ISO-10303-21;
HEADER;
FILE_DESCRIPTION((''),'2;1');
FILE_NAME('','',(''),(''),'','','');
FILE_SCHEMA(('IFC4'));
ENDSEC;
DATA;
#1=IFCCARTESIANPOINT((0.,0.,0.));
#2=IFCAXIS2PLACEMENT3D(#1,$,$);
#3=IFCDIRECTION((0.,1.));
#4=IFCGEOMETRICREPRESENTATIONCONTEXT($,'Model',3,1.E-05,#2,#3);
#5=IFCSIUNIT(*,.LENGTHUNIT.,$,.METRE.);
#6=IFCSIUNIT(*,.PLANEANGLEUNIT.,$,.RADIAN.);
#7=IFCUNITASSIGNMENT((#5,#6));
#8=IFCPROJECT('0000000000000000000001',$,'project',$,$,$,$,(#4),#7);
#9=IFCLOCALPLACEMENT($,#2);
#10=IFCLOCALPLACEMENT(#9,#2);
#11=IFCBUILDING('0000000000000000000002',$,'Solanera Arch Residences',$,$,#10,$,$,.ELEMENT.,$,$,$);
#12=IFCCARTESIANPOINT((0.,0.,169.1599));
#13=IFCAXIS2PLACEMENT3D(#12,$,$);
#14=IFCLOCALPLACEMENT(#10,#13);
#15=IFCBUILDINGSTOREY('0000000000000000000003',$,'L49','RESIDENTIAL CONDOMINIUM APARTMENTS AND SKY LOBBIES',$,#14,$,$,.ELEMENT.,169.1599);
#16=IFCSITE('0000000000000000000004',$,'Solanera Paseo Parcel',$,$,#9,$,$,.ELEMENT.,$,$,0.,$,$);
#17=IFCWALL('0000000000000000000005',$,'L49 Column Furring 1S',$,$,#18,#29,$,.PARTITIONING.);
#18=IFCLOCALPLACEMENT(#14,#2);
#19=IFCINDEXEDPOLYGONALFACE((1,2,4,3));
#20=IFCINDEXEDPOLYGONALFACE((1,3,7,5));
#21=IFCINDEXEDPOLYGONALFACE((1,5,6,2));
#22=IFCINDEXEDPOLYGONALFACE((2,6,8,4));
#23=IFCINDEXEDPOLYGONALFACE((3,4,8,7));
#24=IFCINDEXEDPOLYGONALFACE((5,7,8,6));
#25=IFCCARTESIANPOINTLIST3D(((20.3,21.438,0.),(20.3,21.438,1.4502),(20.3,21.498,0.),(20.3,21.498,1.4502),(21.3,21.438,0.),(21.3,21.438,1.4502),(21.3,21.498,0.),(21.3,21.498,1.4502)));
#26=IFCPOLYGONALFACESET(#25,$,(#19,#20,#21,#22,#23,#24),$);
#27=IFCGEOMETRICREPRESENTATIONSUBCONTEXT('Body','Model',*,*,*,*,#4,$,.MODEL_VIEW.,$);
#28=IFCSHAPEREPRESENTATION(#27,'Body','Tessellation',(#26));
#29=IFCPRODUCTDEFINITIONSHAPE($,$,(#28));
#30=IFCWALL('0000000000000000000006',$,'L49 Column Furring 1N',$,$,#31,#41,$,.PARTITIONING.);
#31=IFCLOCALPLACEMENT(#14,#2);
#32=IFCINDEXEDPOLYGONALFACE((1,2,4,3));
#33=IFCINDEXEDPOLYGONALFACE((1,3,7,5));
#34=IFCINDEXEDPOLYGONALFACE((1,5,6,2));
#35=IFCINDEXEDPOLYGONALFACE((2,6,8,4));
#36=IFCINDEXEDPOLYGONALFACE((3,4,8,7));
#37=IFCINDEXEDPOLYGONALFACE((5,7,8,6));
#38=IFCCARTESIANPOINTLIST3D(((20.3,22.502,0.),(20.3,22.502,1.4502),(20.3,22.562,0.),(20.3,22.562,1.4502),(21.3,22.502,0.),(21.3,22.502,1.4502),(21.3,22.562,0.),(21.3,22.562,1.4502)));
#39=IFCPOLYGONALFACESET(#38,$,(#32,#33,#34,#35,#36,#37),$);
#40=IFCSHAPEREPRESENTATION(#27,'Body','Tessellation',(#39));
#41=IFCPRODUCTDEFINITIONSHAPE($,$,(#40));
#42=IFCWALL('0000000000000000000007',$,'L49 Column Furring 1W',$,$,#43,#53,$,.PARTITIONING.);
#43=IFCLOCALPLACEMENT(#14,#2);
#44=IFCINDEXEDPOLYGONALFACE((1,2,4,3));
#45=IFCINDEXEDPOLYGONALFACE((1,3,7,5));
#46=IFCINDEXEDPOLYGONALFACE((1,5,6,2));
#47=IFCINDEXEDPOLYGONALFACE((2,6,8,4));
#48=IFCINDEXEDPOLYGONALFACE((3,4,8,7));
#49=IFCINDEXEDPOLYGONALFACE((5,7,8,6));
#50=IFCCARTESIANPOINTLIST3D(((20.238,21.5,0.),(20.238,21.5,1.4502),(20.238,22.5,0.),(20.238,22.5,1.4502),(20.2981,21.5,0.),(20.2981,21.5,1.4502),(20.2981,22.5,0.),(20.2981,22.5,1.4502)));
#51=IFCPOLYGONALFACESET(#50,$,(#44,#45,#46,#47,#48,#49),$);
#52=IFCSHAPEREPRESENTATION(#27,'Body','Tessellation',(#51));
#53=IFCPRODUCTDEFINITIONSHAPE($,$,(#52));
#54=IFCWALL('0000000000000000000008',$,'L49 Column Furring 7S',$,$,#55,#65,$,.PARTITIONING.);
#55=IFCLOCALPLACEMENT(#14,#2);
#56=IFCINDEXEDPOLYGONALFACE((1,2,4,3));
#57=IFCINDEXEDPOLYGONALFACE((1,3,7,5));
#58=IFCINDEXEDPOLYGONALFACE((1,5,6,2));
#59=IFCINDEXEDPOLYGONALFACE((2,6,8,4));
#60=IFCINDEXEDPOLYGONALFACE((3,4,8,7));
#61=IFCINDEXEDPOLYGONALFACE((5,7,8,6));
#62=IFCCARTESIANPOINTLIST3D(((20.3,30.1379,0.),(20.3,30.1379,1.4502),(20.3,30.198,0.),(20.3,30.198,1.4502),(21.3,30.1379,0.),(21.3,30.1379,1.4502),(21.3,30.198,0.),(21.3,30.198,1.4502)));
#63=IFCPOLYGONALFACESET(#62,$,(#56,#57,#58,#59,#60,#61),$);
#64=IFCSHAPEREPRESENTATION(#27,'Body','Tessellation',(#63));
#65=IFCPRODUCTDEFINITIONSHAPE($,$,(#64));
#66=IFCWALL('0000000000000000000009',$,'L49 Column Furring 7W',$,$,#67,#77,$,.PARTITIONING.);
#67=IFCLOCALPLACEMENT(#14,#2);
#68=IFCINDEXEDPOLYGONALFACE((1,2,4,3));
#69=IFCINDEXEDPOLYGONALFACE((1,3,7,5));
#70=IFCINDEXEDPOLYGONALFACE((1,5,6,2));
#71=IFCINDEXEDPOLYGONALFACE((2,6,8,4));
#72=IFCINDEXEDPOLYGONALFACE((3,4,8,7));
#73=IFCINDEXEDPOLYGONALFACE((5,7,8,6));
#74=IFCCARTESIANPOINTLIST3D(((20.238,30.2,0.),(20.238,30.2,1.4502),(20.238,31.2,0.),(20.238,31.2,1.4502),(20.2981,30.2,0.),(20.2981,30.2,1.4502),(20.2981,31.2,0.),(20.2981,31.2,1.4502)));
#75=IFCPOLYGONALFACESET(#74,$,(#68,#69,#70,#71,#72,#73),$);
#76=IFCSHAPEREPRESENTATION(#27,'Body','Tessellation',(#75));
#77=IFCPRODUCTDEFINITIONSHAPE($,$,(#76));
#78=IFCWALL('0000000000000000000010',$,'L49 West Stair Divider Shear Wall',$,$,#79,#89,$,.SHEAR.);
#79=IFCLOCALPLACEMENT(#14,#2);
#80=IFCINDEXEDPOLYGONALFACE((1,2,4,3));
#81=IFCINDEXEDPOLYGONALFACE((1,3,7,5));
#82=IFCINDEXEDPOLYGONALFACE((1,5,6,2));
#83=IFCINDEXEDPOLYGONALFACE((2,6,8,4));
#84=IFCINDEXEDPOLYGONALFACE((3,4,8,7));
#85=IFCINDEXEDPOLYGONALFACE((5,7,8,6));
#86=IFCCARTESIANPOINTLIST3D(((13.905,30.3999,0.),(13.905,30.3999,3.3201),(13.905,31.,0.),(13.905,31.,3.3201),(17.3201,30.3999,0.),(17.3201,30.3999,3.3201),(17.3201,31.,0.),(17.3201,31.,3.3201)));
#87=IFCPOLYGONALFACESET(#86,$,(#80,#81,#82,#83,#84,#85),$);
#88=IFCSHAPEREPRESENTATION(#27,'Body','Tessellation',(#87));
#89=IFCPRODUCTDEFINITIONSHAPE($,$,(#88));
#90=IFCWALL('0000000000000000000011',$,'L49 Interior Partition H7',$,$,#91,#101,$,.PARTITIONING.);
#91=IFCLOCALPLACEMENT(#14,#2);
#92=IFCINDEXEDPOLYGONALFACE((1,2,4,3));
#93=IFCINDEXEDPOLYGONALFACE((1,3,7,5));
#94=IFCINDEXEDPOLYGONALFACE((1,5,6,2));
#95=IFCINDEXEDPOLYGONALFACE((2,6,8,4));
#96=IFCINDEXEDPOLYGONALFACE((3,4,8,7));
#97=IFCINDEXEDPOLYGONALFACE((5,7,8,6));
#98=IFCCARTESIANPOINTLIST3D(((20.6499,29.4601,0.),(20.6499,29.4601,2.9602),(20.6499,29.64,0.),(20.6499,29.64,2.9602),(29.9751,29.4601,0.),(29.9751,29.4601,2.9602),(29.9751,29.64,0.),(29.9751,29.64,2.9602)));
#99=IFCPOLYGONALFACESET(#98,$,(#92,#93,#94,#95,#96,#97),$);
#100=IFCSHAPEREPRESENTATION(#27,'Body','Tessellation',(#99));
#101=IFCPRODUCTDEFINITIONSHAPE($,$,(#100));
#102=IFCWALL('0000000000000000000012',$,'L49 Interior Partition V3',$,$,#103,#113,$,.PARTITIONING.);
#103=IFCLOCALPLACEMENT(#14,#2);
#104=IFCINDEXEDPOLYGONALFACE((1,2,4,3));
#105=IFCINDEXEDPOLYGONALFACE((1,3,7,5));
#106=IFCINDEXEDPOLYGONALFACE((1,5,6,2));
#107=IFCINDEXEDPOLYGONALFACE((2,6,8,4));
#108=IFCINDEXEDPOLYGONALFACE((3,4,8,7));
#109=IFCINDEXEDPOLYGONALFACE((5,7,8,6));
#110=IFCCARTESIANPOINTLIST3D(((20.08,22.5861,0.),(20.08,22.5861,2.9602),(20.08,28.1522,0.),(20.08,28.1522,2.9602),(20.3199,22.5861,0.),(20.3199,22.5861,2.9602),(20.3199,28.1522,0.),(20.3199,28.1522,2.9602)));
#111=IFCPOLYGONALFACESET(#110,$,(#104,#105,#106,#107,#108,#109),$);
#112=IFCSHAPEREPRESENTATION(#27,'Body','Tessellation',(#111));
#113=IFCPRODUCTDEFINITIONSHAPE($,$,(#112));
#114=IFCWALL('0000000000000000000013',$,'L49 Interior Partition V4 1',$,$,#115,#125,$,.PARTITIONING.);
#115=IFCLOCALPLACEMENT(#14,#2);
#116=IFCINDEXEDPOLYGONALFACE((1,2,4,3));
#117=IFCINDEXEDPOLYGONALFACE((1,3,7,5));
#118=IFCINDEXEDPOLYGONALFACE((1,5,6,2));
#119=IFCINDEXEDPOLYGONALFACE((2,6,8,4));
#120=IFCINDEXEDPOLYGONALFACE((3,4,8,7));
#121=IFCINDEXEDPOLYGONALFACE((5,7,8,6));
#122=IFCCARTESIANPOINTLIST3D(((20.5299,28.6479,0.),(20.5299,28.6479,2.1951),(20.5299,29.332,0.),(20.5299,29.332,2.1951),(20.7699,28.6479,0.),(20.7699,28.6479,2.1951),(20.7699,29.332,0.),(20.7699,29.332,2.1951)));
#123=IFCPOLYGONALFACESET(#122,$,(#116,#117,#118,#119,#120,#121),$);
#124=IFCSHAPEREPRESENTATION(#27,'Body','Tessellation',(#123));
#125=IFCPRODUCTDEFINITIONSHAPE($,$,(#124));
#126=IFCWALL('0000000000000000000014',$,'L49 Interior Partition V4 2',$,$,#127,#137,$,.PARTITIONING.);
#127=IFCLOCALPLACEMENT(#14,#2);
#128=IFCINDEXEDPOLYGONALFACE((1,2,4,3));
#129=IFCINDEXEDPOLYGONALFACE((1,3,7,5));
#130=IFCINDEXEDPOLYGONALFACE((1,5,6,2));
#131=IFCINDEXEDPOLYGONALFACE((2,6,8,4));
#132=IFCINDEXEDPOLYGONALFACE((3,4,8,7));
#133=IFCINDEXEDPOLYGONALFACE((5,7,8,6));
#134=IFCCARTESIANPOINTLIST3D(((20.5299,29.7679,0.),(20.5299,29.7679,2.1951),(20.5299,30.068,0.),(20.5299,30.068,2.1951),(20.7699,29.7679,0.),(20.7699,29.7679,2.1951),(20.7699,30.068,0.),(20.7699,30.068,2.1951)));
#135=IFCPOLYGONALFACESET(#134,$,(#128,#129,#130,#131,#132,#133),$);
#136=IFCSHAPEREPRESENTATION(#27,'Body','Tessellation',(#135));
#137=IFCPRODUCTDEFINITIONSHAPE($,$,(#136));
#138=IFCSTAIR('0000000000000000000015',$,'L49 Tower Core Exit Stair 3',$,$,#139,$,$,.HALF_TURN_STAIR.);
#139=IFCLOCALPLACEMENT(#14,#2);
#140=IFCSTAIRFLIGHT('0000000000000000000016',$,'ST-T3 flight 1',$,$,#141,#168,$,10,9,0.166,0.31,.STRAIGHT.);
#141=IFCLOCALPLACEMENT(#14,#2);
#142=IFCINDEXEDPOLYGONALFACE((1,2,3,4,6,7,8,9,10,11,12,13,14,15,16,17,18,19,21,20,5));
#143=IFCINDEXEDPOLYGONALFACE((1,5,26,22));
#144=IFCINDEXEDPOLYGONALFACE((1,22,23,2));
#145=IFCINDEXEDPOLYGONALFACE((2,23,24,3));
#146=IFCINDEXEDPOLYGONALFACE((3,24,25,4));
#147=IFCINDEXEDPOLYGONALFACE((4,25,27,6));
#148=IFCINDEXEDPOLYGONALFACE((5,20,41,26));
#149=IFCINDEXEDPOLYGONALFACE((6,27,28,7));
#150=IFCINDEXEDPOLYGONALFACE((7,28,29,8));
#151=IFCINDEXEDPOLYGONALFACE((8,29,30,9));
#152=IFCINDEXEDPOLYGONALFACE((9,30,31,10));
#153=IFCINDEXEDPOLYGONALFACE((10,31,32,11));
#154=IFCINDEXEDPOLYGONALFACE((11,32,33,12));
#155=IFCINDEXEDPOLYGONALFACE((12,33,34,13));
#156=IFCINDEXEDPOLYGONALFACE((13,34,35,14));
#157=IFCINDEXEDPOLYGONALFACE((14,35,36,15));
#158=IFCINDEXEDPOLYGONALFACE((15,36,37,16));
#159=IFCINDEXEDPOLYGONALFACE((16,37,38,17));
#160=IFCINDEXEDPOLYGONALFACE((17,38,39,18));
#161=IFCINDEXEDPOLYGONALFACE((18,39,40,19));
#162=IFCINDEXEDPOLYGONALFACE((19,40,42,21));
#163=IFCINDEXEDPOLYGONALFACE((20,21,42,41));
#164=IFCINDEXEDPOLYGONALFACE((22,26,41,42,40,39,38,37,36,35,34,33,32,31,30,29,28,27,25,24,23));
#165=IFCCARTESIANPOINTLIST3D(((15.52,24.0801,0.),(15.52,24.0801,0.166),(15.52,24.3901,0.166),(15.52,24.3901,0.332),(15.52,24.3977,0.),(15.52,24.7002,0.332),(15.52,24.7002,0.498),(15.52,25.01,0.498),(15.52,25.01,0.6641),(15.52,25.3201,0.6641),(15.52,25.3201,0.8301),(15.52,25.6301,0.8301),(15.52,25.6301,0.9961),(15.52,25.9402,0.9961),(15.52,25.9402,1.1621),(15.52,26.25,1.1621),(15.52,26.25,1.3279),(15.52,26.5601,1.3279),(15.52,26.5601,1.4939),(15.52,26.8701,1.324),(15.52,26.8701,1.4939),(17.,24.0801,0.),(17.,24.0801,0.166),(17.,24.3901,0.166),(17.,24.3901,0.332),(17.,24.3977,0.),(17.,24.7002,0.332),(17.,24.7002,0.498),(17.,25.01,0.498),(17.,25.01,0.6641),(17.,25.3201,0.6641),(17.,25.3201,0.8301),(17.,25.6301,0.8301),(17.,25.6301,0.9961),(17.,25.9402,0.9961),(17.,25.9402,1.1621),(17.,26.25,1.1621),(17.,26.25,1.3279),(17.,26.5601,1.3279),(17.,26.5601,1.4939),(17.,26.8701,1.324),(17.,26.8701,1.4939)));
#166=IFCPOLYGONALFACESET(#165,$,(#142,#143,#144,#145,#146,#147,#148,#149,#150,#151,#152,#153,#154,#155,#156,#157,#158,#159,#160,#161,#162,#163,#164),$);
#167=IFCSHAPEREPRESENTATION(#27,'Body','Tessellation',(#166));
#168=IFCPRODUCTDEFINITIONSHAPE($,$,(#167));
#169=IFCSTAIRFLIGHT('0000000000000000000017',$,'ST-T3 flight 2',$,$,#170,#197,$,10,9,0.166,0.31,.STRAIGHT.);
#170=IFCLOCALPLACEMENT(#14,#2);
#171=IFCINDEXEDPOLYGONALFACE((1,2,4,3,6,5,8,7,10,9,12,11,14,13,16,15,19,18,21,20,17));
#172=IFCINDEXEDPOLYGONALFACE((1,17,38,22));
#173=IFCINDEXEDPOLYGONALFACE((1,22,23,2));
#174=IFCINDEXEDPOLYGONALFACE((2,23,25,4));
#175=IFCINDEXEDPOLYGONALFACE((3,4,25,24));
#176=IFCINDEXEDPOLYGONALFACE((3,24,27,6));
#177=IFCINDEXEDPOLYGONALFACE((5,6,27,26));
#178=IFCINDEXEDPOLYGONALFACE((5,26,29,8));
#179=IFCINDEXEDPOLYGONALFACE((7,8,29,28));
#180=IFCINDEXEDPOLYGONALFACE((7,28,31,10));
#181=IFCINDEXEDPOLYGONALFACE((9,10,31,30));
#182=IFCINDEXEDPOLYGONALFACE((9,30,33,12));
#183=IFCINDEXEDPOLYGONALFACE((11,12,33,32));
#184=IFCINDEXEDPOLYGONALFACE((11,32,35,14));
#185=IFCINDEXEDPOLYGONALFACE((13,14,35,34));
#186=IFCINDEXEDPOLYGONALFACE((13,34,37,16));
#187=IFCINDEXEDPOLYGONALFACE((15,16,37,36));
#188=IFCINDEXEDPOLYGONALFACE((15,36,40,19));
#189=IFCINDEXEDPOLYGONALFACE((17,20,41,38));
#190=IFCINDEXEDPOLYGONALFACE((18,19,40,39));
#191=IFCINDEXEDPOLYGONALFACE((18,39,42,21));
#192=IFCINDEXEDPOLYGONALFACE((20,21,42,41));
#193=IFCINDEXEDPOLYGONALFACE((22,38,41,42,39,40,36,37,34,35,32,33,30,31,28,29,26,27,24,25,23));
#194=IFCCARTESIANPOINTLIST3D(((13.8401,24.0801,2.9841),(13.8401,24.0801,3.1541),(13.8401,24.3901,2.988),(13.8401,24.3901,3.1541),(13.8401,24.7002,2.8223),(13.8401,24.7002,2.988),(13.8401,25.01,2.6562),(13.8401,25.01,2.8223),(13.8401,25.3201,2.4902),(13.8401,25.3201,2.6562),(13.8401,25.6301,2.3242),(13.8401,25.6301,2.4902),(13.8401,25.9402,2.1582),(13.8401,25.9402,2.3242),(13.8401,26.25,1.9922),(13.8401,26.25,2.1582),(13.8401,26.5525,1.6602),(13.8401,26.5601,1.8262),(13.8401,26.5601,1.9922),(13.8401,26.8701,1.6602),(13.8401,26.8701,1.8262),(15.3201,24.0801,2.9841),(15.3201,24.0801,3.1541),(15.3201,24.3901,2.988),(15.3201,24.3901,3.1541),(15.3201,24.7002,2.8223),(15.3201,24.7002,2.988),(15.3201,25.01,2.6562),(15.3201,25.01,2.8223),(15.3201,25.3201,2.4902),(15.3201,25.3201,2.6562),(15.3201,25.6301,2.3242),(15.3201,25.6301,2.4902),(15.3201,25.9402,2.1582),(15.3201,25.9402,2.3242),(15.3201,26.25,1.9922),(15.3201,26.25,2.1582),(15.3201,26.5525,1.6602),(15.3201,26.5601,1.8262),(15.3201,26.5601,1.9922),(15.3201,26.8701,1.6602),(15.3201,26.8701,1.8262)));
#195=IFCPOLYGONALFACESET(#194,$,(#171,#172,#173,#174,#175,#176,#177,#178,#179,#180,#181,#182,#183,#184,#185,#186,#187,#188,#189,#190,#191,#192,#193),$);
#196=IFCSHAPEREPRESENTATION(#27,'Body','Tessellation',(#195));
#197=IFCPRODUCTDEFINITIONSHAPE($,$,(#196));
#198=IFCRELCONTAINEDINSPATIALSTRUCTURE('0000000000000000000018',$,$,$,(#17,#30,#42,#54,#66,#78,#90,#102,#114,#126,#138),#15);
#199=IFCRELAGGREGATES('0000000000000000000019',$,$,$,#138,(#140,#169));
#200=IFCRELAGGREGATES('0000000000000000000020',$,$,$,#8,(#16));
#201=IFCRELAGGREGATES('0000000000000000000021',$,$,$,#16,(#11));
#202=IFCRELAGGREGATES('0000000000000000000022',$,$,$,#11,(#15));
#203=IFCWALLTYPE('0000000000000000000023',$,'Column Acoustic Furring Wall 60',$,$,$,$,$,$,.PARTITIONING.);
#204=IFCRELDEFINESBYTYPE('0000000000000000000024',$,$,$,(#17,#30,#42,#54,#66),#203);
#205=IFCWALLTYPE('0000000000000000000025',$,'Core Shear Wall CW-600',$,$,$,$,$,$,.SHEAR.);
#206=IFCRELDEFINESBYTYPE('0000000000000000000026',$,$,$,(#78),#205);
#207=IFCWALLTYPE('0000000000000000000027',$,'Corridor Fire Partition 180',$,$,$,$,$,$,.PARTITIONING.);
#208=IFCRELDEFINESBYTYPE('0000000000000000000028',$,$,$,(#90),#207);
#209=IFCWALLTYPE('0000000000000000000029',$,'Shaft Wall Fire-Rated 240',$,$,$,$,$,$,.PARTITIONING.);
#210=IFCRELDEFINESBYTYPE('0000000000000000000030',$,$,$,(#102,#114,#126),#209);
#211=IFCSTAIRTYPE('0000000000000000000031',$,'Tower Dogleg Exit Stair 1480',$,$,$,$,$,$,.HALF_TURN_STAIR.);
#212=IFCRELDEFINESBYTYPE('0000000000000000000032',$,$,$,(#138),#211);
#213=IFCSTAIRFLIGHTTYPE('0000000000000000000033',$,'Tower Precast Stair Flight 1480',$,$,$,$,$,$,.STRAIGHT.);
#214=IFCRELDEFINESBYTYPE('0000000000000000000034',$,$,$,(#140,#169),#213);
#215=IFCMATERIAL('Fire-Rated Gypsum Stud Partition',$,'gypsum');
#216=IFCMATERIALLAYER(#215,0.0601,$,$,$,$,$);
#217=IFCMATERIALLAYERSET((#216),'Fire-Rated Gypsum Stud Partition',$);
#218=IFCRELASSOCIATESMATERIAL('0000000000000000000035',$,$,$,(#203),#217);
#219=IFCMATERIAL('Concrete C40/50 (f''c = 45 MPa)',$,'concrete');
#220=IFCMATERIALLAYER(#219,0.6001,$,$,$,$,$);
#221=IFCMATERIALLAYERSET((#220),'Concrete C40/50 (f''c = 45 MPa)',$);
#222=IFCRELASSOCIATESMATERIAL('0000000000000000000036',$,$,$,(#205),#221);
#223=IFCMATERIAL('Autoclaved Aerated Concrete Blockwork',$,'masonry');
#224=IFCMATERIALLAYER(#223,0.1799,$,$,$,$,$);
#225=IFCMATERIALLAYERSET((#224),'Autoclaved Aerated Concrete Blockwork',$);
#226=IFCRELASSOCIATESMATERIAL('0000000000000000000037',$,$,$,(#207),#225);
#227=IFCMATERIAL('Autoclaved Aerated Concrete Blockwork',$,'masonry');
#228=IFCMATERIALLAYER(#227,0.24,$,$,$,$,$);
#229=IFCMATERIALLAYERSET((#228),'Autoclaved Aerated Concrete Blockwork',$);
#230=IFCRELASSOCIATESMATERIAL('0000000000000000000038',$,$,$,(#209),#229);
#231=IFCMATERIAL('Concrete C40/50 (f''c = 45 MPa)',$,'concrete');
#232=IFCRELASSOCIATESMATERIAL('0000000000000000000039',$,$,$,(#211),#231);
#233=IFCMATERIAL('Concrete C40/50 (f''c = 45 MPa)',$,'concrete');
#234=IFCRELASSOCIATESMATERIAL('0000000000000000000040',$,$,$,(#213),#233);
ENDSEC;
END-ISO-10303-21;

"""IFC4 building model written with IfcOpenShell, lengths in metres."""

from ifc_helpers import new_model, si_unit, direction, frame, frame_2d, origin, place, context, subcontext, project, spatial, polyline, rectangle, outline, extrude, material, layer, layer_set, type_object, element, aggregate, save


model = new_model("IFC4")

# Units and contexts
model_context = context("Model", 3, precision=1e-05, world=origin(), true_north=direction((0.0, 1.0)))
body_context = subcontext(model_context, "Body", "Model", "MODEL_VIEW")
ifc_project = project(units=[si_unit("LENGTHUNIT", "METRE"), si_unit("PLANEANGLEUNIT", "RADIAN")], contexts=[model_context])

# Site, building, storey
site_placement = place(None, origin())
site = spatial("IfcSite", under=ifc_project, at=site_placement, Name="Solanera Paseo Parcel", CompositionType="ELEMENT", RefElevation=0.0)
building_placement = place(site_placement, origin())
building = spatial("IfcBuilding", under=site, at=building_placement, Name="Solanera Arch Residences", CompositionType="ELEMENT")
storey_placement = place(building_placement, frame((0.0, 0.0, 169.1599)))
storey = spatial("IfcBuildingStorey", under=building, at=storey_placement, Name="L49", Description="RESIDENTIAL CONDOMINIUM APARTMENTS AND SKY LOBBIES", CompositionType="ELEMENT", Elevation=169.1599)

# Walls
ifc_material_1 = material(Name="Fire-Rated Gypsum Stud Partition", Category="gypsum")
ifc_layer_1 = layer(ifc_material_1, 0.0601)
ifc_layer_set_1 = layer_set([ifc_layer_1], Name="Fire-Rated Gypsum Stud Partition")
wall_type_1 = type_object("IfcWallType", Name="Column Acoustic Furring Wall 60", PredefinedType="PARTITIONING", material=ifc_layer_set_1)
for number, where, z_axis, x_axis, name in (
    (1, (20.3, 21.468, 0.0), (0.0, 0.0, 1.0), (1.0, 0.0, 0.0), "L49 Column Furring 1S"),
    (2, (20.3, 22.532, 0.0), (0.0, 0.0, 1.0), (1.0, 0.0, 0.0), "L49 Column Furring 1N"),
    (3, (20.2681, 21.5, 0.0), (0.0, 0.0, 1.0), (0.0, 1.0, 0.0), "L49 Column Furring 1W"),
    (4, (20.3, 30.168, 0.0), (0.0, 0.0, 1.0), (1.0, 0.0, 0.0), "L49 Column Furring 7S"),
    (5, (20.2681, 30.2, 0.0), (0.0, 0.0, 1.0), (0.0, 1.0, 0.0), "L49 Column Furring 7W"),
):
    element("IfcWall", number, at=place(storey_placement, frame(where, z_axis=z_axis, x_axis=x_axis)), inside=storey, type_object=wall_type_1, Name=name, PredefinedType="PARTITIONING", context=body_context, shape_type="SweptSolid", body=[
        extrude(rectangle(XDim=1.0, YDim=0.0601, at=frame_2d((0.5, 0.0))), origin(), (0.0, 0.0, 1.0), 1.4502),
    ])

# Walls
ifc_material_2 = material(Name="Concrete C40/50 (f'c = 45 MPa)", Category="concrete")
ifc_layer_2 = layer(ifc_material_2, 0.6001)
ifc_layer_set_2 = layer_set([ifc_layer_2], Name="Concrete C40/50 (f'c = 45 MPa)")
wall_type_2 = type_object("IfcWallType", Name="Core Shear Wall CW-600", PredefinedType="SHEAR", material=ifc_layer_set_2)
wall_1_placement = place(storey_placement, frame((13.905, 30.7, 0.0), z_axis=(0.0, 0.0, 1.0), x_axis=(1.0, 0.0, 0.0)))
element("IfcWall", 6, at=wall_1_placement, inside=storey, type_object=wall_type_2, Name="L49 West Stair Divider Shear Wall", PredefinedType="SHEAR", context=body_context, shape_type="SweptSolid", body=[
    extrude(rectangle(XDim=3.415, YDim=0.6001, at=frame_2d((1.7075, 0.0))), origin(), (0.0, 0.0, 1.0), 3.3201),
])
ifc_material_3 = material(Name="Autoclaved Aerated Concrete Blockwork", Category="masonry")
ifc_layer_3 = layer(ifc_material_3, 0.1799)
ifc_layer_set_3 = layer_set([ifc_layer_3], Name="Autoclaved Aerated Concrete Blockwork")
wall_type_3 = type_object("IfcWallType", Name="Corridor Fire Partition 180", PredefinedType="PARTITIONING", material=ifc_layer_set_3)
wall_2_placement = place(storey_placement, frame((20.6499, 29.55, 0.0), z_axis=(0.0, 0.0, 1.0), x_axis=(1.0, 0.0, 0.0)))
element("IfcWall", 7, at=wall_2_placement, inside=storey, type_object=wall_type_3, Name="L49 Interior Partition H7", PredefinedType="PARTITIONING", context=body_context, shape_type="SweptSolid", body=[
    extrude(rectangle(XDim=9.3252, YDim=0.1799, at=frame_2d((4.6626, 0.0))), origin(), (0.0, 0.0, 1.0), 2.9602),
])

# Shared definitions
ifc_material_4 = material(Name="Autoclaved Aerated Concrete Blockwork", Category="masonry")
ifc_layer_4 = layer(ifc_material_4, 0.24)
ifc_layer_set_4 = layer_set([ifc_layer_4], Name="Autoclaved Aerated Concrete Blockwork")
wall_type_4 = type_object("IfcWallType", Name="Shaft Wall Fire-Rated 240", PredefinedType="PARTITIONING", material=ifc_layer_set_4)

# Walls
wall_3_placement = place(storey_placement, frame((20.2, 22.5859, 0.0), z_axis=(0.0, 0.0, 1.0), x_axis=(0.0, 1.0, 0.0)))
element("IfcWall", 8, at=wall_3_placement, inside=storey, type_object=wall_type_4, Name="L49 Interior Partition V3", PredefinedType="PARTITIONING", context=body_context, shape_type="SweptSolid", body=[
    extrude(rectangle(XDim=5.5662, YDim=0.24, at=frame_2d((2.7832, 0.0))), origin(), (0.0, 0.0, 1.0), 2.9602),
])
wall_4_placement = place(storey_placement, frame((20.6499, 28.6479, 0.0), z_axis=(0.0, 0.0, 1.0), x_axis=(0.0, 1.0, 0.0)))
element("IfcWall", 9, at=wall_4_placement, inside=storey, type_object=wall_type_4, Name="L49 Interior Partition V4 1", PredefinedType="PARTITIONING", context=body_context, shape_type="SweptSolid", body=[
    extrude(rectangle(XDim=0.6841, YDim=0.24, at=frame_2d((0.342, 0.0))), origin(), (0.0, 0.0, 1.0), 2.1951),
])
wall_5_placement = place(storey_placement, frame((20.6499, 29.7681, 0.0), z_axis=(0.0, 0.0, 1.0), x_axis=(0.0, 1.0, 0.0)))
element("IfcWall", 10, at=wall_5_placement, inside=storey, type_object=wall_type_4, Name="L49 Interior Partition V4 2", PredefinedType="PARTITIONING", context=body_context, shape_type="SweptSolid", body=[
    extrude(rectangle(XDim=0.3, YDim=0.24, at=frame_2d((0.1499, 0.0))), origin(), (0.0, 0.0, 1.0), 2.1951),
])

# Stair, stair flights
ifc_material_5 = material(Name="Concrete C40/50 (f'c = 45 MPa)", Category="concrete")
stair_type = type_object("IfcStairType", Name="Tower Dogleg Exit Stair 1480", PredefinedType="HALF_TURN_STAIR", material=ifc_material_5)
stair_placement = place(storey_placement, origin())
stair = element("IfcStair", 11, at=stair_placement, inside=storey, type_object=stair_type, Name="L49 Tower Core Exit Stair 3", PredefinedType="HALF_TURN_STAIR")
ifc_material_6 = material(Name="Concrete C40/50 (f'c = 45 MPa)", Category="concrete")
stair_flight_type = type_object("IfcStairFlightType", Name="Tower Precast Stair Flight 1480", PredefinedType="STRAIGHT", material=ifc_material_6)
stair_flight_1_placement = place(storey_placement, frame((16.26, 24.0801, 0.0), z_axis=(0.0, 0.0, 1.0), x_axis=(0.0, 1.0, 0.0)))
stair_flight_1 = element("IfcStairFlight", 12, at=stair_flight_1_placement, type_object=stair_flight_type, Name="ST-T3 flight 1", NumberOfRisers=10, NumberOfTreads=9, PredefinedType="STRAIGHT", RiserHeight=0.166, TreadLength=0.31, context=body_context, shape_type="SweptSolid", body=[
    extrude(outline(polyline([(0.0, 0.0), (0.0, 0.166), (0.3101, 0.166), (0.3101, 0.332), (0.6201, 0.332), (0.6201, 0.498), (0.9299, 0.498), (0.9299, 0.6641), (1.24, 0.6641), (1.24, 0.8301), (1.55, 0.8301), (1.55, 0.9961), (1.8601, 0.9961), (1.8601, 1.1621), (2.1699, 1.1621), (2.1699, 1.3279), (2.48, 1.3279), (2.48, 1.4939), (2.79, 1.4939), (2.79, 1.6599), (2.79, 1.324), (0.3176, 0.0), (0.0, 0.0)])), frame((0.0, 0.74, 0.0), z_axis=(0.0, -1.0, 0.0), x_axis=(1.0, 0.0, 0.0)), (0.0, 0.0, 1.0), 1.48),
])
stair_flight_2_placement = place(storey_placement, frame((14.5801, 26.8701, 1.6602), z_axis=(0.0, 0.0, 1.0), x_axis=(0.0, -1.0, 0.0)))
stair_flight_2 = element("IfcStairFlight", 13, at=stair_flight_2_placement, type_object=stair_flight_type, Name="ST-T3 flight 2", NumberOfRisers=10, NumberOfTreads=9, PredefinedType="STRAIGHT", RiserHeight=0.166, TreadLength=0.31, context=body_context, shape_type="SweptSolid", body=[
    extrude(outline(polyline([(0.0, 0.0), (0.0, 0.166), (0.3101, 0.166), (0.3101, 0.332), (0.6201, 0.332), (0.6201, 0.498), (0.9299, 0.498), (0.9299, 0.6641), (1.24, 0.6641), (1.24, 0.8301), (1.55, 0.8301), (1.55, 0.9961), (1.8601, 0.9961), (1.8601, 1.1621), (2.1699, 1.1621), (2.1699, 1.3279), (2.48, 1.3279), (2.48, 1.4939), (2.79, 1.4939), (2.79, 1.6599), (2.79, 1.324), (0.3176, 0.0), (0.0, 0.0)])), frame((0.0, 0.74, 0.0), z_axis=(0.0, -1.0, 0.0), x_axis=(1.0, 0.0, 0.0)), (0.0, 0.0, 1.0), 1.48),
])
aggregate(stair, [stair_flight_1, stair_flight_2])

save(model, "model.ifc")
